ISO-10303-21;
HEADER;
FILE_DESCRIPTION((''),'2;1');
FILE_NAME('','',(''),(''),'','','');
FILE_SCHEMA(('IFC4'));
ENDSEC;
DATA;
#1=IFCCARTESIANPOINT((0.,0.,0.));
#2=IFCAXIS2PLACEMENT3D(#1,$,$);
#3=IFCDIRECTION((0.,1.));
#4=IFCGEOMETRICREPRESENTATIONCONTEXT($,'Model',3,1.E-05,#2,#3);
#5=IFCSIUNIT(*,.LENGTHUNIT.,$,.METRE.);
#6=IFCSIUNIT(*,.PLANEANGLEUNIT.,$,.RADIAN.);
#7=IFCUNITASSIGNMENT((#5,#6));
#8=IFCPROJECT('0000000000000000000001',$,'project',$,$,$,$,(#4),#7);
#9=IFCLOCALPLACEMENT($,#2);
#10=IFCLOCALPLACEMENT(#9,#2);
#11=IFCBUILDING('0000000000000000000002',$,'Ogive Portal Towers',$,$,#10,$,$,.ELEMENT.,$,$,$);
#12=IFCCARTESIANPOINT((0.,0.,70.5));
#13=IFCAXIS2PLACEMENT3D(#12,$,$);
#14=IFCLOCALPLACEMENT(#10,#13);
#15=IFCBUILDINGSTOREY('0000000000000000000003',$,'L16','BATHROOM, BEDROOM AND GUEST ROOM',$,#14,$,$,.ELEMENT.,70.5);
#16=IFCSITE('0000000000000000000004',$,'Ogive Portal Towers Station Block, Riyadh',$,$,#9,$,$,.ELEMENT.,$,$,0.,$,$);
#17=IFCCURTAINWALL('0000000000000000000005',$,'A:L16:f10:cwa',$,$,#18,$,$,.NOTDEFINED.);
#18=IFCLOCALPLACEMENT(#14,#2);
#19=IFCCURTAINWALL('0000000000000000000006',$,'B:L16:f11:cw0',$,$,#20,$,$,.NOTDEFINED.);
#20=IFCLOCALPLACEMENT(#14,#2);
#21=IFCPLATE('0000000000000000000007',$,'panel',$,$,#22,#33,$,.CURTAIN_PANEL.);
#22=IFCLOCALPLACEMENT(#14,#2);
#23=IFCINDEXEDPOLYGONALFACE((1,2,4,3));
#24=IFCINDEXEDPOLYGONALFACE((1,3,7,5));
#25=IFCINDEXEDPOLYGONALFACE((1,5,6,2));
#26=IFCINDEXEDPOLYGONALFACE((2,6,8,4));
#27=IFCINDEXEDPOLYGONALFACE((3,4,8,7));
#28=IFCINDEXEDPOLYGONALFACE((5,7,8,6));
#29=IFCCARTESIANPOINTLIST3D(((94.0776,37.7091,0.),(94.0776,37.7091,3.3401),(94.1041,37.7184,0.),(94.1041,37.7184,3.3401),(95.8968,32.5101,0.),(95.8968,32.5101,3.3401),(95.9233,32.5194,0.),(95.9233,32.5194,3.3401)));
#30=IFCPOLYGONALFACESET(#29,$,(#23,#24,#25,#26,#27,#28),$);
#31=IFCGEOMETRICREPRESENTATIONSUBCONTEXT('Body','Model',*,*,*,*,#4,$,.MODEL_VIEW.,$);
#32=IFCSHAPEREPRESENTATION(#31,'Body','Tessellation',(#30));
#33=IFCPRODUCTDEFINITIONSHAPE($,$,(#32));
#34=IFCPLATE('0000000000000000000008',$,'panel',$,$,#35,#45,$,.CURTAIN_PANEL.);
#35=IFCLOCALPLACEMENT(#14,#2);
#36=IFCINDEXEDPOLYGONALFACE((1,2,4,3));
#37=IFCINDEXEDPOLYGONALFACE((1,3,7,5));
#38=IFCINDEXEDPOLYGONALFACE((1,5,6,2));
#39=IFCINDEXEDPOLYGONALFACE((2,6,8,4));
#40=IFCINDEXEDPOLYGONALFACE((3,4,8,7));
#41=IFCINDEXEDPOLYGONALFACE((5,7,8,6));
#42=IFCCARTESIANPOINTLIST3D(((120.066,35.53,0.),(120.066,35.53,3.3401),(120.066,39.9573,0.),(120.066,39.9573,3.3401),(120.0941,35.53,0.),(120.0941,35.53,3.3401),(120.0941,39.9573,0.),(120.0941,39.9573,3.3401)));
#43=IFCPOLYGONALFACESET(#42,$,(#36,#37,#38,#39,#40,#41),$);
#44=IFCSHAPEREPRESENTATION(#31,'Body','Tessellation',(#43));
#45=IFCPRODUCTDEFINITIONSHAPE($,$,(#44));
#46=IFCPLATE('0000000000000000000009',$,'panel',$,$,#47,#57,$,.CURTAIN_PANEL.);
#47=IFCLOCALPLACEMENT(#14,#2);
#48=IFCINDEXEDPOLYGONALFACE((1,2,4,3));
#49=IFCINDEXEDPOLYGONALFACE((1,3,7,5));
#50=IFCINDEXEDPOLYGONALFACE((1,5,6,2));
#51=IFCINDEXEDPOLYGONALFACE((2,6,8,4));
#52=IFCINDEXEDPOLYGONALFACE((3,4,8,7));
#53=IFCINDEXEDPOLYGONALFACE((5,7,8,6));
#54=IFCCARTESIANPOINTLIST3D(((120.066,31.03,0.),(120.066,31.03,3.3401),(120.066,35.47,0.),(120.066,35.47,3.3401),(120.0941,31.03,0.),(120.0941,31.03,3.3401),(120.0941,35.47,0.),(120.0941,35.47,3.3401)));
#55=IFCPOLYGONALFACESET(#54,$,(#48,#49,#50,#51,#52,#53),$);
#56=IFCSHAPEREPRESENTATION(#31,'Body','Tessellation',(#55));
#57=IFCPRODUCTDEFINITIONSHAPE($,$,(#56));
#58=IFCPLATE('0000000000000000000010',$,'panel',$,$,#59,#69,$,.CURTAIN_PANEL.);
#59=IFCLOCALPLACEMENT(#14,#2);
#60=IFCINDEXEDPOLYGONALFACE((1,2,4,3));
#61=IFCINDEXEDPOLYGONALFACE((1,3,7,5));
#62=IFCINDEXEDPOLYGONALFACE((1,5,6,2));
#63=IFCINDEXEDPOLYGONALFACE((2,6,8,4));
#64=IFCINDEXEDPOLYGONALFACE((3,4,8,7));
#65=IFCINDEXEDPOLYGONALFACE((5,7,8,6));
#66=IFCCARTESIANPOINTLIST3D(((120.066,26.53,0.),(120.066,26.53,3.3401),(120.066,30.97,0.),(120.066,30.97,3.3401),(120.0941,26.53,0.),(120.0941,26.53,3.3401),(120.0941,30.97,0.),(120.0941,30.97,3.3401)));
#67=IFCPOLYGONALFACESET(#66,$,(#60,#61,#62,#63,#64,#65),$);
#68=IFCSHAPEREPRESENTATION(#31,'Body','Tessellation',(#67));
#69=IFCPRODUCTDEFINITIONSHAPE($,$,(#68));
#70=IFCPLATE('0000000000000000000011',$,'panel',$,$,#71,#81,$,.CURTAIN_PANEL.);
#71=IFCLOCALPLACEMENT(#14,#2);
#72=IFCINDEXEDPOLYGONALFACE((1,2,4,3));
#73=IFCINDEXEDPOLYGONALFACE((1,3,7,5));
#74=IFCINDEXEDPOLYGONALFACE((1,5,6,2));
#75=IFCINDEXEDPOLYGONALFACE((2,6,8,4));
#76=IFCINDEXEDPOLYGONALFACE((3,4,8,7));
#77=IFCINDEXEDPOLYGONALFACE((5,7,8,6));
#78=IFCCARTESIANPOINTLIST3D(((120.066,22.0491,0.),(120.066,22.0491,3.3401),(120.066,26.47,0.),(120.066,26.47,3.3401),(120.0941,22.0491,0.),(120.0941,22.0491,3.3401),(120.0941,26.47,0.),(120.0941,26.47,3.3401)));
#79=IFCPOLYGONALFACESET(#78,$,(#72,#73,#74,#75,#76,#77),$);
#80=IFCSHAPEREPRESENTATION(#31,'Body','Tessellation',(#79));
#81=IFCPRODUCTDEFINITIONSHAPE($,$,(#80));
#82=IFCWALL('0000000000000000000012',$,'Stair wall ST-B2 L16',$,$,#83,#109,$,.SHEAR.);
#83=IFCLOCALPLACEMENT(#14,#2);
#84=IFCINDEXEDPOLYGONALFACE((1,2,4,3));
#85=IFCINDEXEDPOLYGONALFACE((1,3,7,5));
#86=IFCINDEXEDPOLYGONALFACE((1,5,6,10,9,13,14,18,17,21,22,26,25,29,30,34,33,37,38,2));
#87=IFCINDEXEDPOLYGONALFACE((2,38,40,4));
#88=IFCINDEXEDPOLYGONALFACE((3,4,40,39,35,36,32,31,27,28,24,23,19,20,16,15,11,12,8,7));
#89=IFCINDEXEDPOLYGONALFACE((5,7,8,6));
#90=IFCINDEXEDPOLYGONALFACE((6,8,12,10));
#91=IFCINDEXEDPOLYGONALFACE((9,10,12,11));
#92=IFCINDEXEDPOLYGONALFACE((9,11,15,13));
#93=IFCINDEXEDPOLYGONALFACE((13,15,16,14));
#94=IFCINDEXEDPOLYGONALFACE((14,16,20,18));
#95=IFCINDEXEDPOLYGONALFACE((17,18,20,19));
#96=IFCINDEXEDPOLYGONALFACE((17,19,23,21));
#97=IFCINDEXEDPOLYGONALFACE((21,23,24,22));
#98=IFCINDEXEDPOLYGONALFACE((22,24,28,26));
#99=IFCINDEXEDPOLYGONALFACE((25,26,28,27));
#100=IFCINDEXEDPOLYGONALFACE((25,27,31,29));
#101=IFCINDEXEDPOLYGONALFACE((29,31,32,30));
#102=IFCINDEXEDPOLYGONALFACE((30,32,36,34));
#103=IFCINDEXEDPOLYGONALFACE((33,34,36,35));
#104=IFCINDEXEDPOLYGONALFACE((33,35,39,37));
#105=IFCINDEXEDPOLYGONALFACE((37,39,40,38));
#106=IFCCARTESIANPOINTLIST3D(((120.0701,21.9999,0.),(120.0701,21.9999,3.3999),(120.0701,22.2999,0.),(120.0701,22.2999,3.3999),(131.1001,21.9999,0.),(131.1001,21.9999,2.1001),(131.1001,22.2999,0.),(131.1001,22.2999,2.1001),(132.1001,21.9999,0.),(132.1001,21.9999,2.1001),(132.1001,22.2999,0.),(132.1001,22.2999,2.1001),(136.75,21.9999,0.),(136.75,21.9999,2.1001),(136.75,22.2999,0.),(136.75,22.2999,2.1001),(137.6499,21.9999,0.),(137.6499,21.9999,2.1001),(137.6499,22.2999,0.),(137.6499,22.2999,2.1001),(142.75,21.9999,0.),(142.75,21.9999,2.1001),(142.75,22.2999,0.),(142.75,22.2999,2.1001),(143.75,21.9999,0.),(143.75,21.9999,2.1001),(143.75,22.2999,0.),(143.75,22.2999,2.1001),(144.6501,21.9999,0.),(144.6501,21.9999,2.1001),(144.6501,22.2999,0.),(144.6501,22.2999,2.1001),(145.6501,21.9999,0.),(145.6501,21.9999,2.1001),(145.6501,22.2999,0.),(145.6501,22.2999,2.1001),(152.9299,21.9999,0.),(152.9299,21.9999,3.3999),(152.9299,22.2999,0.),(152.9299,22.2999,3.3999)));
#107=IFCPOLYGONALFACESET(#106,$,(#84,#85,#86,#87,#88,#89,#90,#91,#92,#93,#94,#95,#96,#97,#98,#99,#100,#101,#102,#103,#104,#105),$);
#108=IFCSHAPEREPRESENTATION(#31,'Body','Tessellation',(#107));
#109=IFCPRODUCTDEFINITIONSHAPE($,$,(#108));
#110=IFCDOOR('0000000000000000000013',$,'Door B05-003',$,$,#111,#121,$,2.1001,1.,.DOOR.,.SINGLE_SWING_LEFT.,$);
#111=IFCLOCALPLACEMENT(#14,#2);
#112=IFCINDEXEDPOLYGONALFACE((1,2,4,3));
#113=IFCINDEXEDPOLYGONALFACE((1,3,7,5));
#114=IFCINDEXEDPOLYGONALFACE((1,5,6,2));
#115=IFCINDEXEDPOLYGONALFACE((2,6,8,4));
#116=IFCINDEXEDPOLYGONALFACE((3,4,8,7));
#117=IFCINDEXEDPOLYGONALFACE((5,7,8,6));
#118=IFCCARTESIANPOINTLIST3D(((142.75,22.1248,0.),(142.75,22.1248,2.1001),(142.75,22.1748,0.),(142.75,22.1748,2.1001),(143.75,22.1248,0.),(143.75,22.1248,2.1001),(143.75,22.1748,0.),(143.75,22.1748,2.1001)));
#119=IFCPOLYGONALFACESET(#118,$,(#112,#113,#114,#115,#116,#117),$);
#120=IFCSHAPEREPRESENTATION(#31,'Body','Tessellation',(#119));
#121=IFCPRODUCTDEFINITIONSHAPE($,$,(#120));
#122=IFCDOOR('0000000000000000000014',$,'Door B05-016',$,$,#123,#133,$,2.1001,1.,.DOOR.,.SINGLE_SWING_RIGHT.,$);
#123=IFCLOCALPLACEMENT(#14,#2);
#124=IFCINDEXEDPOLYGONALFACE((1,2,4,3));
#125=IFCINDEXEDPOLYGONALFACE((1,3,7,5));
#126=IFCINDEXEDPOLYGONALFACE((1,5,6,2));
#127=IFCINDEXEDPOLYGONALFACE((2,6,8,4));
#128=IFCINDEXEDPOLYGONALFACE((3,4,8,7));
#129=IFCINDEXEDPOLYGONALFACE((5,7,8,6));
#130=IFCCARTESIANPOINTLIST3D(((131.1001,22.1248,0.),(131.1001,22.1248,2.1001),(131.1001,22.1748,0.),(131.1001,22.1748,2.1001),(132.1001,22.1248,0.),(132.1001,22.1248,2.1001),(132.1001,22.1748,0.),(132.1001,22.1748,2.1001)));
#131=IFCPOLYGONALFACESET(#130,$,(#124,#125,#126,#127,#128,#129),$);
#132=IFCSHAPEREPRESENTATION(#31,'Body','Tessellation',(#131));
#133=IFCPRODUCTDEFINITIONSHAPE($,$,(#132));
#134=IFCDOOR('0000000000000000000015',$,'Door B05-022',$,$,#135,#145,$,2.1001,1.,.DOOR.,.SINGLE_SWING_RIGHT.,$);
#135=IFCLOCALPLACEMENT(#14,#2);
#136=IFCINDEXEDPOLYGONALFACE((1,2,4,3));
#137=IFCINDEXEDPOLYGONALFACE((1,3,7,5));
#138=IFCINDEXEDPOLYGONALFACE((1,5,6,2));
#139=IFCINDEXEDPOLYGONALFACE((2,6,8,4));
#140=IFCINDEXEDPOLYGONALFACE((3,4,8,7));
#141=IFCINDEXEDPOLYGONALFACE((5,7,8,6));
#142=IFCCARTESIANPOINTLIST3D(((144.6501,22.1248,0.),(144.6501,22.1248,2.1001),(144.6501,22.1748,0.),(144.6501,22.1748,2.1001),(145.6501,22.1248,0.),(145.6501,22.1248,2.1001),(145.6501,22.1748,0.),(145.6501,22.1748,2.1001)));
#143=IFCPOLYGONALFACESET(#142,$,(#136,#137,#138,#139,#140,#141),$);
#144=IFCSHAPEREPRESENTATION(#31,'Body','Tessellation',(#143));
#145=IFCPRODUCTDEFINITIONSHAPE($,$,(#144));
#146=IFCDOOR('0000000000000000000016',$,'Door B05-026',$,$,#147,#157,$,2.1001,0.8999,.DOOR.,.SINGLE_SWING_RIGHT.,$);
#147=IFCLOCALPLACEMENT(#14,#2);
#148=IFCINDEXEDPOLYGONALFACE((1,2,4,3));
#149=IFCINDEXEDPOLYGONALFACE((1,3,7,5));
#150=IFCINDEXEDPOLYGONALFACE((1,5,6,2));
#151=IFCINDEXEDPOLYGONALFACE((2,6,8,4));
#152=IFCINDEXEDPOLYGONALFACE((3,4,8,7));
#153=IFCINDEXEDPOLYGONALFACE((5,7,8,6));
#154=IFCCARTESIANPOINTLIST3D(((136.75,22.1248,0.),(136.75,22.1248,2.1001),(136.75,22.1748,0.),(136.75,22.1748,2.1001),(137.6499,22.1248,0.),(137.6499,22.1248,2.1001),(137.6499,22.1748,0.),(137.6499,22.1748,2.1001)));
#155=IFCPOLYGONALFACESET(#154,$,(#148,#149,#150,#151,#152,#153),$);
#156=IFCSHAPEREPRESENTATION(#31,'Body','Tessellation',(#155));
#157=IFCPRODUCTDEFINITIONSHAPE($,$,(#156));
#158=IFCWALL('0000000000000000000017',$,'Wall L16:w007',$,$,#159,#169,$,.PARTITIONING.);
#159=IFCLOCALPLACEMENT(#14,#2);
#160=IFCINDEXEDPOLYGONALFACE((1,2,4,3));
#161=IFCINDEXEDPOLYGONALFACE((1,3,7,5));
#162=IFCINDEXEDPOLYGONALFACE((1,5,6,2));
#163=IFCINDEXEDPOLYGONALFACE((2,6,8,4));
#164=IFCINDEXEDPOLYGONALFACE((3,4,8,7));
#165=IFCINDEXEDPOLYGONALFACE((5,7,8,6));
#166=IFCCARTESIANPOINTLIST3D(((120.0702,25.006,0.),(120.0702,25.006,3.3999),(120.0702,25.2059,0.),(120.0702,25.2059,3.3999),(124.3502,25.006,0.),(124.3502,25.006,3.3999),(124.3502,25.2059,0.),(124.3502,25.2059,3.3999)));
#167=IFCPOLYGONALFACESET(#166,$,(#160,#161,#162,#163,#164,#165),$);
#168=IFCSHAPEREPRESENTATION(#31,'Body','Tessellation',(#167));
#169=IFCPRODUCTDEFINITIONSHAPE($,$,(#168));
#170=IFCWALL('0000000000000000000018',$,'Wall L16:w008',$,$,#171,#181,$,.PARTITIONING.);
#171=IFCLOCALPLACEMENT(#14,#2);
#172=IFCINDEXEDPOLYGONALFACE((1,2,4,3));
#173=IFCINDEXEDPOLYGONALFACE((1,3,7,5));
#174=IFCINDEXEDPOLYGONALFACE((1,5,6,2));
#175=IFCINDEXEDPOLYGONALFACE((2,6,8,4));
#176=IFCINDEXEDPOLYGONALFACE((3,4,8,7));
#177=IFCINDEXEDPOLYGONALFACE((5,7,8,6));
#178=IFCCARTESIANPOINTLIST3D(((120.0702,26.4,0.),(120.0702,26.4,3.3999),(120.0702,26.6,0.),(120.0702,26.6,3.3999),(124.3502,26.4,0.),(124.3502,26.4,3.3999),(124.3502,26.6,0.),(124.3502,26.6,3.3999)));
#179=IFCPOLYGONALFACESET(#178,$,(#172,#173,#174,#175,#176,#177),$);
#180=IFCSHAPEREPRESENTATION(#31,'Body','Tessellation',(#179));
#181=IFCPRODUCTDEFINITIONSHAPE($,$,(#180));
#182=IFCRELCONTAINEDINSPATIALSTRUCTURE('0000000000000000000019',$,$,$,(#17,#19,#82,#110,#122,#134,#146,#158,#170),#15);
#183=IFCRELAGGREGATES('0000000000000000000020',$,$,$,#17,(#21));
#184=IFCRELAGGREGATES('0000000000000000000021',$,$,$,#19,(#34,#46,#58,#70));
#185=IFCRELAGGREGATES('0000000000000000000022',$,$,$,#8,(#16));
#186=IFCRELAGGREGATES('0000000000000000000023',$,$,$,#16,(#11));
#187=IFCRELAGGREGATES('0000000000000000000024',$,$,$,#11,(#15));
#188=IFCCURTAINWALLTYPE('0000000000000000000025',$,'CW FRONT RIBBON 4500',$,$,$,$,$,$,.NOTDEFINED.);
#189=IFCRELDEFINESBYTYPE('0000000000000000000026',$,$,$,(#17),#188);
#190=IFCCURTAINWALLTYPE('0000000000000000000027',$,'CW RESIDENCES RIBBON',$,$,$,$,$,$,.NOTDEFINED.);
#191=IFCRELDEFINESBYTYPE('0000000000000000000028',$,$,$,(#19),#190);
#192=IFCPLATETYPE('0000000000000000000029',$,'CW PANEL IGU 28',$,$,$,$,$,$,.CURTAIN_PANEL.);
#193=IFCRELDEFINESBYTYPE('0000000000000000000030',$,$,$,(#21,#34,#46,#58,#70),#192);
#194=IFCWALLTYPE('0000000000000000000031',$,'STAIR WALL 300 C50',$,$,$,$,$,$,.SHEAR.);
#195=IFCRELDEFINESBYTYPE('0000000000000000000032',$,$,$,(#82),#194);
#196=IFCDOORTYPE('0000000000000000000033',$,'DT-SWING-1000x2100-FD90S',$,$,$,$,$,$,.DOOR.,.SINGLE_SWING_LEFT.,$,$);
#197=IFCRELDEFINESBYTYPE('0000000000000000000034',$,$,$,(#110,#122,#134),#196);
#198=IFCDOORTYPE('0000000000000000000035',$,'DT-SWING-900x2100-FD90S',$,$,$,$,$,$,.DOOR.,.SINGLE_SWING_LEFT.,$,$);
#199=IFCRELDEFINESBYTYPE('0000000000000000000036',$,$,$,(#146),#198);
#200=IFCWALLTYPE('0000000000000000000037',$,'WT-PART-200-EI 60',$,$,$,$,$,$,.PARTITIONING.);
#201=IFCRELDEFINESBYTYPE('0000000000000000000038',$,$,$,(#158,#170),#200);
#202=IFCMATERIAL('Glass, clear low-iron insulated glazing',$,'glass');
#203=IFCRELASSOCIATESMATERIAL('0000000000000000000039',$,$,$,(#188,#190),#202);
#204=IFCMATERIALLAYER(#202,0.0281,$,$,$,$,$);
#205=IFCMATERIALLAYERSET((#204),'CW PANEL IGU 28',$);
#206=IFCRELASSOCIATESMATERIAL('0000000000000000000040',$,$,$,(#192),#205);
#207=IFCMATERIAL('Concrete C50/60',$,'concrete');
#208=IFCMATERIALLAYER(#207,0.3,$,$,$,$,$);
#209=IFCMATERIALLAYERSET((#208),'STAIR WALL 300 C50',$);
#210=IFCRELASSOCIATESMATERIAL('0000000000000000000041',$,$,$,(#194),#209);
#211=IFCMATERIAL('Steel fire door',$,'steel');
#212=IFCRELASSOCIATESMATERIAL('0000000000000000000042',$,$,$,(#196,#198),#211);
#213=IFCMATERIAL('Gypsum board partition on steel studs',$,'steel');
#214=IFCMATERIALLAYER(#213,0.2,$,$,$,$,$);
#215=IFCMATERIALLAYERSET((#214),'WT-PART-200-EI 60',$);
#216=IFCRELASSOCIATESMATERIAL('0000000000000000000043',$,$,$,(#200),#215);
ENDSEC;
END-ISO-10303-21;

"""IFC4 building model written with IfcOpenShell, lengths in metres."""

from ifc_helpers import new_model, si_unit, direction, frame, frame_2d, origin, origin_2d, place, context, subcontext, project, spatial, rectangle, extrude, material, layer, layer_set, type_object, element, fill, aggregate, save


model = new_model("IFC4")

# Units and contexts
model_context = context("Model", 3, precision=1e-05, world=origin(), true_north=direction((0.0, 1.0)))
body_context = subcontext(model_context, "Body", "Model", "MODEL_VIEW")
ifc_project = project(units=[si_unit("LENGTHUNIT", "METRE"), si_unit("PLANEANGLEUNIT", "RADIAN")], contexts=[model_context])

# Site, building, storey
site_placement = place(None, origin())
site = spatial("IfcSite", under=ifc_project, at=site_placement, Name="Ogive Portal Towers Station Block, Riyadh", CompositionType="ELEMENT", RefElevation=0.0)
building_placement = place(site_placement, origin())
building = spatial("IfcBuilding", under=site, at=building_placement, Name="Ogive Portal Towers", CompositionType="ELEMENT")
storey_placement = place(building_placement, frame((0.0, 0.0, 70.5)))
storey = spatial("IfcBuildingStorey", under=building, at=storey_placement, Name="L16", Description="BATHROOM, BEDROOM AND GUEST ROOM", CompositionType="ELEMENT", Elevation=70.5)

# Shared definitions
ifc_material_1 = material(Name="Glass, clear low-iron insulated glazing", Category="glass")
curtain_wall_type_1 = type_object("IfcCurtainWallType", Name="CW FRONT RIBBON 4500", PredefinedType="NOTDEFINED", material=ifc_material_1)

# Curtain wall
curtain_wall_1_placement = place(storey_placement, origin())
curtain_wall_1 = element("IfcCurtainWall", 1, at=curtain_wall_1_placement, inside=storey, type_object=curtain_wall_type_1, Name="A:L16:f10:cwa", PredefinedType="NOTDEFINED")

# Curtain wall
curtain_wall_type_2 = type_object("IfcCurtainWallType", Name="CW RESIDENCES RIBBON", PredefinedType="NOTDEFINED", material=ifc_material_1)
curtain_wall_2_placement = place(storey_placement, origin())
curtain_wall_2 = element("IfcCurtainWall", 2, at=curtain_wall_2_placement, inside=storey, type_object=curtain_wall_type_2, Name="B:L16:f11:cw0", PredefinedType="NOTDEFINED")

# Shared definitions
ifc_layer_1 = layer(ifc_material_1, 0.0281)
ifc_layer_set_1 = layer_set([ifc_layer_1], Name="CW PANEL IGU 28")
plate_type = type_object("IfcPlateType", Name="CW PANEL IGU 28", PredefinedType="CURTAIN_PANEL", material=ifc_layer_set_1)

# Plates
plate_1_placement = place(storey_placement, frame((95.0005, 35.1143, 0.0), z_axis=(0.0, 0.0, 1.0), x_axis=(-0.330279, 0.943883, 0.0)))
plate_1 = element("IfcPlate", 3, at=plate_1_placement, type_object=plate_type, Name="panel", PredefinedType="CURTAIN_PANEL", context=body_context, shape_type="SweptSolid", body=[
    extrude(rectangle(XDim=5.5081, YDim=0.0281, at=origin_2d()), origin(), (0.0, 0.0, 1.0), 3.3401),
])
aggregate(curtain_wall_1, [plate_1])
plate_2_placement = place(storey_placement, frame((120.0801, 37.7437, 0.0), z_axis=(0.0, 0.0, 1.0), x_axis=(0.0, -1.0, 0.0)))
plate_2 = element("IfcPlate", 4, at=plate_2_placement, type_object=plate_type, Name="panel", PredefinedType="CURTAIN_PANEL", context=body_context, shape_type="SweptSolid", body=[
    extrude(rectangle(XDim=4.4272, YDim=0.0281, at=origin_2d()), origin(), (0.0, 0.0, 1.0), 3.3401),
])
plate_3_placement = place(storey_placement, frame((120.0801, 33.25, 0.0), z_axis=(0.0, 0.0, 1.0), x_axis=(0.0, -1.0, 0.0)))
plate_3 = element("IfcPlate", 5, at=plate_3_placement, type_object=plate_type, Name="panel", PredefinedType="CURTAIN_PANEL", context=body_context, shape_type="SweptSolid", body=[
    extrude(rectangle(XDim=4.4399, YDim=0.0281, at=origin_2d()), origin(), (0.0, 0.0, 1.0), 3.3401),
])
plate_4_placement = place(storey_placement, frame((120.0801, 28.75, 0.0), z_axis=(0.0, 0.0, 1.0), x_axis=(0.0, -1.0, 0.0)))
plate_4 = element("IfcPlate", 6, at=plate_4_placement, type_object=plate_type, Name="panel", PredefinedType="CURTAIN_PANEL", context=body_context, shape_type="SweptSolid", body=[
    extrude(rectangle(XDim=4.4399, YDim=0.0281, at=origin_2d()), origin(), (0.0, 0.0, 1.0), 3.3401),
])
plate_5_placement = place(storey_placement, frame((120.0801, 24.2595, 0.0), z_axis=(0.0, 0.0, 1.0), x_axis=(0.0, -1.0, 0.0)))
plate_5 = element("IfcPlate", 7, at=plate_5_placement, type_object=plate_type, Name="panel", PredefinedType="CURTAIN_PANEL", context=body_context, shape_type="SweptSolid", body=[
    extrude(rectangle(XDim=4.4209, YDim=0.0281, at=origin_2d()), origin(), (0.0, 0.0, 1.0), 3.3401),
])
aggregate(curtain_wall_2, [plate_2, plate_3, plate_4, plate_5])

# Wall, openings, doors
ifc_material_2 = material(Name="Concrete C50/60", Category="concrete")
ifc_layer_2 = layer(ifc_material_2, 0.3)
ifc_layer_set_2 = layer_set([ifc_layer_2], Name="STAIR WALL 300 C50")
wall_type_1 = type_object("IfcWallType", Name="STAIR WALL 300 C50", PredefinedType="SHEAR", material=ifc_layer_set_2)
wall_1_placement = place(storey_placement, frame((120.0701, 22.1499, 0.0), z_axis=(0.0, 0.0, 1.0), x_axis=(1.0, 0.0, 0.0)))
wall_1 = element("IfcWall", 8, at=wall_1_placement, inside=storey, type_object=wall_type_1, Name="Stair wall ST-B2 L16", PredefinedType="SHEAR", context=body_context, shape_type="SweptSolid", body=[
    extrude(rectangle(XDim=32.8599, YDim=0.3, at=frame_2d((16.4299, 0.0))), origin(), (0.0, 0.0, 1.0), 3.3999),
])
opening_1_placement = place(wall_1_placement, frame((22.6799, 0.0, 0.0)))
opening_1 = element("IfcOpeningElement", 9, at=opening_1_placement, cuts=wall_1, PredefinedType="OPENING", context=body_context, shape_type="SweptSolid", body=[
    extrude(rectangle(XDim=1.0, YDim=2.1001, at=frame_2d((0.5, 1.05))), frame((0.0, 0.1602, 0.0), z_axis=(0.0, -1.0, 0.0), x_axis=(1.0, 0.0, 0.0)), (0.0, 0.0, 1.0), 0.3201),
])
opening_2_placement = place(wall_1_placement, frame((11.03, 0.0, 0.0)))
opening_2 = element("IfcOpeningElement", 10, at=opening_2_placement, cuts=wall_1, PredefinedType="OPENING", context=body_context, shape_type="SweptSolid", body=[
    extrude(rectangle(XDim=1.0, YDim=2.1001, at=frame_2d((0.5, 1.05))), frame((0.0, 0.1602, 0.0), z_axis=(0.0, -1.0, 0.0), x_axis=(1.0, 0.0, 0.0)), (0.0, 0.0, 1.0), 0.3201),
])
opening_3_placement = place(wall_1_placement, frame((24.5801, 0.0, 0.0)))
opening_3 = element("IfcOpeningElement", 11, at=opening_3_placement, cuts=wall_1, PredefinedType="OPENING", context=body_context, shape_type="SweptSolid", body=[
    extrude(rectangle(XDim=1.0, YDim=2.1001, at=frame_2d((0.5, 1.05))), frame((0.0, 0.1602, 0.0), z_axis=(0.0, -1.0, 0.0), x_axis=(1.0, 0.0, 0.0)), (0.0, 0.0, 1.0), 0.3201),
])
opening_4_placement = place(wall_1_placement, frame((16.6799, 0.0, 0.0)))
opening_4 = element("IfcOpeningElement", 12, at=opening_4_placement, cuts=wall_1, PredefinedType="OPENING", context=body_context, shape_type="SweptSolid", body=[
    extrude(rectangle(XDim=0.8999, YDim=2.1001, at=frame_2d((0.45, 1.05))), frame((0.0, 0.1602, 0.0), z_axis=(0.0, -1.0, 0.0), x_axis=(1.0, 0.0, 0.0)), (0.0, 0.0, 1.0), 0.3201),
])
ifc_material_3 = material(Name="Steel fire door", Category="steel")
door_type_1 = type_object("IfcDoorType", Name="DT-SWING-1000x2100-FD90S", OperationType="SINGLE_SWING_LEFT", PredefinedType="DOOR", material=ifc_material_3)
door_1_placement = place(opening_1_placement, origin())
door_1 = element("IfcDoor", 13, at=door_1_placement, inside=storey, type_object=door_type_1, Name="Door B05-003", OperationType="SINGLE_SWING_LEFT", OverallHeight=2.1001, OverallWidth=1.0, PredefinedType="DOOR", context=body_context, shape_type="SweptSolid", body=[
    extrude(rectangle(XDim=1.0, YDim=2.1001, at=frame_2d((0.5, 1.05))), frame((0.0, 0.0249, 0.0), z_axis=(0.0, -1.0, 0.0), x_axis=(1.0, 0.0, 0.0)), (0.0, 0.0, 1.0), 0.05),
])
fill(opening_1, door_1)
door_2_placement = place(opening_2_placement, origin())
door_2 = element("IfcDoor", 14, at=door_2_placement, inside=storey, type_object=door_type_1, Name="Door B05-016", OperationType="SINGLE_SWING_RIGHT", OverallHeight=2.1001, OverallWidth=1.0, PredefinedType="DOOR", context=body_context, shape_type="SweptSolid", body=[
    extrude(rectangle(XDim=1.0, YDim=2.1001, at=frame_2d((0.5, 1.05))), frame((0.0, 0.0249, 0.0), z_axis=(0.0, -1.0, 0.0), x_axis=(1.0, 0.0, 0.0)), (0.0, 0.0, 1.0), 0.05),
])
fill(opening_2, door_2)
door_3_placement = place(opening_3_placement, origin())
door_3 = element("IfcDoor", 15, at=door_3_placement, inside=storey, type_object=door_type_1, Name="Door B05-022", OperationType="SINGLE_SWING_RIGHT", OverallHeight=2.1001, OverallWidth=1.0, PredefinedType="DOOR", context=body_context, shape_type="SweptSolid", body=[
    extrude(rectangle(XDim=1.0, YDim=2.1001, at=frame_2d((0.5, 1.05))), frame((0.0, 0.0249, 0.0), z_axis=(0.0, -1.0, 0.0), x_axis=(1.0, 0.0, 0.0)), (0.0, 0.0, 1.0), 0.05),
])
fill(opening_3, door_3)
door_type_2 = type_object("IfcDoorType", Name="DT-SWING-900x2100-FD90S", OperationType="SINGLE_SWING_LEFT", PredefinedType="DOOR", material=ifc_material_3)
door_4_placement = place(opening_4_placement, origin())
door_4 = element("IfcDoor", 16, at=door_4_placement, inside=storey, type_object=door_type_2, Name="Door B05-026", OperationType="SINGLE_SWING_RIGHT", OverallHeight=2.1001, OverallWidth=0.8999, PredefinedType="DOOR", context=body_context, shape_type="SweptSolid", body=[
    extrude(rectangle(XDim=0.8999, YDim=2.1001, at=frame_2d((0.45, 1.05))), frame((0.0, 0.0249, 0.0), z_axis=(0.0, -1.0, 0.0), x_axis=(1.0, 0.0, 0.0)), (0.0, 0.0, 1.0), 0.05),
])
fill(opening_4, door_4)

# Walls
ifc_material_4 = material(Name="Gypsum board partition on steel studs", Category="steel")
ifc_layer_3 = layer(ifc_material_4, 0.2)
ifc_layer_set_3 = layer_set([ifc_layer_3], Name="WT-PART-200-EI 60")
wall_type_2 = type_object("IfcWallType", Name="WT-PART-200-EI 60", PredefinedType="PARTITIONING", material=ifc_layer_set_3)
for number, where, z_axis, x_axis, name in (
    (17, (120.0701, 25.106, 0.0), (0.0, 0.0, 1.0), (1.0, 0.0, 0.0), "Wall L16:w007"),
    (18, (120.0701, 26.5, 0.0), (0.0, 0.0, 1.0), (1.0, 0.0, 0.0), "Wall L16:w008"),
):
    element("IfcWall", number, at=place(storey_placement, frame(where, z_axis=z_axis, x_axis=x_axis)), inside=storey, type_object=wall_type_2, Name=name, PredefinedType="PARTITIONING", context=body_context, shape_type="SweptSolid", body=[
        extrude(rectangle(XDim=4.28, YDim=0.2, at=frame_2d((2.1401, 0.0))), origin(), (0.0, 0.0, 1.0), 3.3999),
    ])

save(model, "model.ifc")
